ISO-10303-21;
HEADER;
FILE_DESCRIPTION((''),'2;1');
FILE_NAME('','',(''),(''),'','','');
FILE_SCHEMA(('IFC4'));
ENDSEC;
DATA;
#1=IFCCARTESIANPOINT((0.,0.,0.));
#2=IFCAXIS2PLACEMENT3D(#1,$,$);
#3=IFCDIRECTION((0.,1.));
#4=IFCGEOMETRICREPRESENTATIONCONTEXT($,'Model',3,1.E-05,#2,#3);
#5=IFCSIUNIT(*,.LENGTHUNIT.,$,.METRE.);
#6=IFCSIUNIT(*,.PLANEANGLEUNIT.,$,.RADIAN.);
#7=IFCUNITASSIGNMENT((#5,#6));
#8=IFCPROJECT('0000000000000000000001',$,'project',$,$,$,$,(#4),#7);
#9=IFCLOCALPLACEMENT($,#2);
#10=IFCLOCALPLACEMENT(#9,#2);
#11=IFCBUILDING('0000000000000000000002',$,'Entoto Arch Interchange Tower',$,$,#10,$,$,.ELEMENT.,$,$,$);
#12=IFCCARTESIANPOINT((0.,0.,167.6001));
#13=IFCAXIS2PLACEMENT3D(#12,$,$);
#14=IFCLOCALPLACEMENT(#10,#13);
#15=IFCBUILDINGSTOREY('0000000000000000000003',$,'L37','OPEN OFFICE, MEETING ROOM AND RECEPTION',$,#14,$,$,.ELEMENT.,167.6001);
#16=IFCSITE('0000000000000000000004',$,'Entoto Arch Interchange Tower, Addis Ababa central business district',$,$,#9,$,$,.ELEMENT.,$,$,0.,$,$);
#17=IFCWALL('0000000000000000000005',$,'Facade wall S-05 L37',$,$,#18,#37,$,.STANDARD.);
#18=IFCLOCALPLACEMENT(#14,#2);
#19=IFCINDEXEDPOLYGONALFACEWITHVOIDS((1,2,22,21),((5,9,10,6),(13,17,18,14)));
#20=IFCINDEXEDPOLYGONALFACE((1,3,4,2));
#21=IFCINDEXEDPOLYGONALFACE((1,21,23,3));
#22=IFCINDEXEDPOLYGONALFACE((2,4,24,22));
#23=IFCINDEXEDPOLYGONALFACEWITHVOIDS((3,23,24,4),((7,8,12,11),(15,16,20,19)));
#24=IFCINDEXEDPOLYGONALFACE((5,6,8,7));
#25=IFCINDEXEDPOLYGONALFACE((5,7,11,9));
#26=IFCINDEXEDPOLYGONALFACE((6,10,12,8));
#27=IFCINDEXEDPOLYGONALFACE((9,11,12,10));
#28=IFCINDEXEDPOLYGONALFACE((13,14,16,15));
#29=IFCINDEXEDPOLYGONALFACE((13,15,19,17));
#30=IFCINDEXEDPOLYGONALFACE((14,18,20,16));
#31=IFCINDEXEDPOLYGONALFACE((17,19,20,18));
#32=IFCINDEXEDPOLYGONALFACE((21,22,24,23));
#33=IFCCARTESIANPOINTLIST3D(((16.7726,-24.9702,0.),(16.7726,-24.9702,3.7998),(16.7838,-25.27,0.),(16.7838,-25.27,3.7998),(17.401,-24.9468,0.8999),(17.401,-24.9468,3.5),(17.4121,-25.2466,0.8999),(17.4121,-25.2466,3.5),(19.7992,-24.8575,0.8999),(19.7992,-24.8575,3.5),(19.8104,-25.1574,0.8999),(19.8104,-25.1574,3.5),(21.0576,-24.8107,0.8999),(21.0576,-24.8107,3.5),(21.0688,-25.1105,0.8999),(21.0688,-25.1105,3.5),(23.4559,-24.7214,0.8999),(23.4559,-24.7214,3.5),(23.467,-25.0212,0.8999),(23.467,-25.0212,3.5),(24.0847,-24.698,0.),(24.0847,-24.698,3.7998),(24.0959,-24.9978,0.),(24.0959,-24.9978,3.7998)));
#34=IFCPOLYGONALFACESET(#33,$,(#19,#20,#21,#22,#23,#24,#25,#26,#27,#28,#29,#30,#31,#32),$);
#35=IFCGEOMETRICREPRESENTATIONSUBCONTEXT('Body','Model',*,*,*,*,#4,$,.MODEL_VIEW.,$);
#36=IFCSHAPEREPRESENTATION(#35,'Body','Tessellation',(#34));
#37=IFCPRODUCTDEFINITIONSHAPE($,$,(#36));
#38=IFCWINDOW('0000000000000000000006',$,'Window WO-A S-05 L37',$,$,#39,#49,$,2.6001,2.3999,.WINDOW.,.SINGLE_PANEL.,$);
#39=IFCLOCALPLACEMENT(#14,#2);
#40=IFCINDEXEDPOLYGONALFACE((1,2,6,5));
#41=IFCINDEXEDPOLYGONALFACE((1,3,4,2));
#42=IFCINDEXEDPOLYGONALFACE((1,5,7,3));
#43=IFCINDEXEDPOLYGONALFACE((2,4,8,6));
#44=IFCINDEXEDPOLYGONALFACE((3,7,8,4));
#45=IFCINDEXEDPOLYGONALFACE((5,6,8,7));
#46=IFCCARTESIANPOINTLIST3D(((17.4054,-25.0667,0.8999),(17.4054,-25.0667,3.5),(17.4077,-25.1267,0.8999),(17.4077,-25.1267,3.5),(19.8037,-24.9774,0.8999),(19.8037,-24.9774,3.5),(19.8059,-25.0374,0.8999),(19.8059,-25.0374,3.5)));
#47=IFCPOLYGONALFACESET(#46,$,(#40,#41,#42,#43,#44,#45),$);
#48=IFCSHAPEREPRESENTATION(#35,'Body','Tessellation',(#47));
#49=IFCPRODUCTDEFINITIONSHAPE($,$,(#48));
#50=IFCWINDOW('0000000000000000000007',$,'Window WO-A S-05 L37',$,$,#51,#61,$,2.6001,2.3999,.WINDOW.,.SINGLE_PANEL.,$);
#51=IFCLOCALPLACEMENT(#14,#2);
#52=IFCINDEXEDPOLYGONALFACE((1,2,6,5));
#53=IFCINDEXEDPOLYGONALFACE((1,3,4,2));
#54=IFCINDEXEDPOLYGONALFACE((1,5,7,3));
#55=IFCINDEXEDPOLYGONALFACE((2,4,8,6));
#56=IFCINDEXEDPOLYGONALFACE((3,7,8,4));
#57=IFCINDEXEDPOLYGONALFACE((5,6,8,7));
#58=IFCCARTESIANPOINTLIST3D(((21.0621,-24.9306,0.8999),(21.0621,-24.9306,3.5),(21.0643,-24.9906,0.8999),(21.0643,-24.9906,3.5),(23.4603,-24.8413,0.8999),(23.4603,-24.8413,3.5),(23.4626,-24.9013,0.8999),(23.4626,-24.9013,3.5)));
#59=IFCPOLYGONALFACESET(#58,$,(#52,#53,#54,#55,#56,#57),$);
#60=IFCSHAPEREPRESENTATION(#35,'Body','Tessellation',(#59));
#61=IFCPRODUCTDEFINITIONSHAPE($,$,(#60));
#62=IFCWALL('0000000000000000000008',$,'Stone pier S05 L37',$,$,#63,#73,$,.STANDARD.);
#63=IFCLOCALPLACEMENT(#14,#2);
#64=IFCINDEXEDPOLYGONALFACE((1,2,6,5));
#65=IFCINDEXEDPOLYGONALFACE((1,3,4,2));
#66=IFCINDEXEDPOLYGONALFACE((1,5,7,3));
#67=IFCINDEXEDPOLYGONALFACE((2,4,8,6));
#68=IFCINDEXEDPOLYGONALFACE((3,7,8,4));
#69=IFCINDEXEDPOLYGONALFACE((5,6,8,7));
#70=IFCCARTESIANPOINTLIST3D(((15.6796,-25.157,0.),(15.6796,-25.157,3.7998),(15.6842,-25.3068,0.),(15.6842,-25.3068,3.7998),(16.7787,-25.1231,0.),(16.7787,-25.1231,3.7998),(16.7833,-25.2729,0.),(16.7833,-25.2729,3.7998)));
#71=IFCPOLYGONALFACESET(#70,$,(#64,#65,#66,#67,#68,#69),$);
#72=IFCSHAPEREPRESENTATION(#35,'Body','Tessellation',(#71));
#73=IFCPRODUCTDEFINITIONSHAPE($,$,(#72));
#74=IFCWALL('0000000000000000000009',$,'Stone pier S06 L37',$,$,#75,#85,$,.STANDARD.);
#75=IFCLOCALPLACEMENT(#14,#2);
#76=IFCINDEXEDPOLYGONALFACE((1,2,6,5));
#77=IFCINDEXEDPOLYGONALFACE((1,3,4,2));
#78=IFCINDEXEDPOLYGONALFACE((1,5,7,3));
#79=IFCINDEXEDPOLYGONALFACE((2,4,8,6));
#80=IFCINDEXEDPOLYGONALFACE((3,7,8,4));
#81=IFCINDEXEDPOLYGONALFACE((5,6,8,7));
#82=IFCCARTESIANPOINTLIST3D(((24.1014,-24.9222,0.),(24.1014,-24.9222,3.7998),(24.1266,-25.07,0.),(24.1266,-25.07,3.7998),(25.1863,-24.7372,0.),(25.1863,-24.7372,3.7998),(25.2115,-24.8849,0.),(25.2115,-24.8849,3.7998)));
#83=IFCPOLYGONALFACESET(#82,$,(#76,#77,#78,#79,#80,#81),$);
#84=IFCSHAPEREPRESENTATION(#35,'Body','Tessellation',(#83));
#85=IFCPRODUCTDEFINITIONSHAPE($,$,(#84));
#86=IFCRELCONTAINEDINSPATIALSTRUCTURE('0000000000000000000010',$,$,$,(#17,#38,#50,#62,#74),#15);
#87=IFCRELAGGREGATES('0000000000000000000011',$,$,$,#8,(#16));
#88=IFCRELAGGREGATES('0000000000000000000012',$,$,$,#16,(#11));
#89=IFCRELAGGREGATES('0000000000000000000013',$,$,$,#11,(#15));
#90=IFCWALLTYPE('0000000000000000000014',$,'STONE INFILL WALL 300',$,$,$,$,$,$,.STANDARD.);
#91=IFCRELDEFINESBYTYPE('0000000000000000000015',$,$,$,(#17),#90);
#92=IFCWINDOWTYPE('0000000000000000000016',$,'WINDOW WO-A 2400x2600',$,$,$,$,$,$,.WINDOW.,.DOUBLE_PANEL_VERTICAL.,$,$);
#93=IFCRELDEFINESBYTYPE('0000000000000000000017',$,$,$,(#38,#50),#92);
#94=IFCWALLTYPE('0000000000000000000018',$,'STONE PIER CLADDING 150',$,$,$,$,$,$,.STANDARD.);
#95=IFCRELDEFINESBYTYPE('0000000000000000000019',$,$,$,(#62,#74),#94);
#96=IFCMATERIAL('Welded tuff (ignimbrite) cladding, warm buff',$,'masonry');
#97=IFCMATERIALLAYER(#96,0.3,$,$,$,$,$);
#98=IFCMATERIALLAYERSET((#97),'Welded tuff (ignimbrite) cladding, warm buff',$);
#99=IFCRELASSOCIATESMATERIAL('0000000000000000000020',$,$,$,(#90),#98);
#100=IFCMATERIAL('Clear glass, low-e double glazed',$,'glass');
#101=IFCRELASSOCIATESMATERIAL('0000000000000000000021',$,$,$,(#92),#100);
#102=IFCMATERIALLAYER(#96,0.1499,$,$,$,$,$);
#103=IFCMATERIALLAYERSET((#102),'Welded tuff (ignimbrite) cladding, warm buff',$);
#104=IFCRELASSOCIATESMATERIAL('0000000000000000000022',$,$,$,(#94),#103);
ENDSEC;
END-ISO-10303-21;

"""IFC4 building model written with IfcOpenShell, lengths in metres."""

from ifc_helpers import new_model, si_unit, direction, frame, frame_2d, origin, place, context, subcontext, project, spatial, rectangle, extrude, material, layer, layer_set, type_object, element, fill, save


model = new_model("IFC4")

# Units and contexts
model_context = context("Model", 3, precision=1e-05, world=origin(), true_north=direction((0.0, 1.0)))
body_context = subcontext(model_context, "Body", "Model", "MODEL_VIEW")
ifc_project = project(units=[si_unit("LENGTHUNIT", "METRE"), si_unit("PLANEANGLEUNIT", "RADIAN")], contexts=[model_context])

# Site, building, storey
site_placement = place(None, origin())
site = spatial("IfcSite", under=ifc_project, at=site_placement, Name="Entoto Arch Interchange Tower, Addis Ababa central business district", CompositionType="ELEMENT", RefElevation=0.0)
building_placement = place(site_placement, origin())
building = spatial("IfcBuilding", under=site, at=building_placement, Name="Entoto Arch Interchange Tower", CompositionType="ELEMENT")
storey_placement = place(building_placement, frame((0.0, 0.0, 167.6001)))
storey = spatial("IfcBuildingStorey", under=building, at=storey_placement, Name="L37", Description="OPEN OFFICE, MEETING ROOM AND RECEPTION", CompositionType="ELEMENT", Elevation=167.6001)

# Wall, openings, windows
ifc_material_1 = material(Name="Welded tuff (ignimbrite) cladding, warm buff", Category="masonry")
ifc_layer_1 = layer(ifc_material_1, 0.3)
ifc_layer_set_1 = layer_set([ifc_layer_1], Name="Welded tuff (ignimbrite) cladding, warm buff")
wall_type_1 = type_object("IfcWallType", Name="STONE INFILL WALL 300", PredefinedType="STANDARD", material=ifc_layer_set_1)
wall_1_placement = place(storey_placement, frame((16.7781, -25.1201, 0.0), z_axis=(0.0, 0.0, 1.0), x_axis=(0.999308, 0.037203, 0.0)))
wall_1 = element("IfcWall", 1, at=wall_1_placement, inside=storey, type_object=wall_type_1, Name="Facade wall S-05 L37", PredefinedType="STANDARD", context=body_context, shape_type="SweptSolid", body=[
    extrude(rectangle(XDim=7.3171, YDim=0.3, at=frame_2d((3.6587, 0.0))), origin(), (0.0, 0.0, 1.0), 3.7998),
])
opening_1_placement = place(wall_1_placement, frame((0.6289, 0.0, 0.8999)))
opening_1 = element("IfcOpeningElement", 2, at=opening_1_placement, cuts=wall_1, PredefinedType="OPENING", context=body_context, shape_type="SweptSolid", body=[
    extrude(rectangle(XDim=2.3999, YDim=2.6001, at=frame_2d((1.2, 1.3))), frame((0.0, 0.1602, 0.0), z_axis=(0.0, -1.0, 0.0), x_axis=(1.0, 0.0, 0.0)), (0.0, 0.0, 1.0), 0.3201),
])
opening_2_placement = place(wall_1_placement, frame((4.2881, 0.0, 0.8999)))
opening_2 = element("IfcOpeningElement", 3, at=opening_2_placement, cuts=wall_1, PredefinedType="OPENING", context=body_context, shape_type="SweptSolid", body=[
    extrude(rectangle(XDim=2.3999, YDim=2.6001, at=frame_2d((1.2, 1.3))), frame((0.0, 0.1602, 0.0), z_axis=(0.0, -1.0, 0.0), x_axis=(1.0, 0.0, 0.0)), (0.0, 0.0, 1.0), 0.3201),
])
ifc_material_2 = material(Name="Clear glass, low-e double glazed", Category="glass")
window_type = type_object("IfcWindowType", Name="WINDOW WO-A 2400x2600", PartitioningType="DOUBLE_PANEL_VERTICAL", PredefinedType="WINDOW", material=ifc_material_2)
window_1_placement = place(opening_1_placement, origin())
window_1 = element("IfcWindow", 4, at=window_1_placement, inside=storey, type_object=window_type, Name="Window WO-A S-05 L37", OverallHeight=2.6001, OverallWidth=2.3999, PartitioningType="SINGLE_PANEL", PredefinedType="WINDOW", context=body_context, shape_type="SweptSolid", body=[
    extrude(rectangle(XDim=2.3999, YDim=2.6001, at=frame_2d((1.2, 1.3))), frame((0.0, 0.03, 0.0), z_axis=(0.0, -1.0, 0.0), x_axis=(1.0, 0.0, 0.0)), (0.0, 0.0, 1.0), 0.0601),
])
fill(opening_1, window_1)
window_2_placement = place(opening_2_placement, origin())
window_2 = element("IfcWindow", 5, at=window_2_placement, inside=storey, type_object=window_type, Name="Window WO-A S-05 L37", OverallHeight=2.6001, OverallWidth=2.3999, PartitioningType="SINGLE_PANEL", PredefinedType="WINDOW", context=body_context, shape_type="SweptSolid", body=[
    extrude(rectangle(XDim=2.3999, YDim=2.6001, at=frame_2d((1.2, 1.3))), frame((0.0, 0.03, 0.0), z_axis=(0.0, -1.0, 0.0), x_axis=(1.0, 0.0, 0.0)), (0.0, 0.0, 1.0), 0.0601),
])
fill(opening_2, window_2)

# Walls
ifc_layer_2 = layer(ifc_material_1, 0.1499)
ifc_layer_set_2 = layer_set([ifc_layer_2], Name="Welded tuff (ignimbrite) cladding, warm buff")
wall_type_2 = type_object("IfcWallType", Name="STONE PIER CLADDING 150", PredefinedType="STANDARD", material=ifc_layer_set_2)
wall_2_placement = place(storey_placement, frame((15.6819, -25.2319, 0.0), z_axis=(0.0, 0.0, 1.0), x_axis=(0.999524, 0.03086, 0.0)))
element("IfcWall", 6, at=wall_2_placement, inside=storey, type_object=wall_type_2, Name="Stone pier S05 L37", PredefinedType="STANDARD", context=body_context, shape_type="SweptSolid", body=[
    extrude(rectangle(XDim=1.0996, YDim=0.1499, at=frame_2d((0.5498, 0.0))), origin(), (0.0, 0.0, 1.0), 3.7998),
])
wall_3_placement = place(storey_placement, frame((24.114, -24.9961, 0.0), z_axis=(0.0, 0.0, 1.0), x_axis=(0.985763, 0.168139, 0.0)))
element("IfcWall", 7, at=wall_3_placement, inside=storey, type_object=wall_type_2, Name="Stone pier S06 L37", PredefinedType="STANDARD", context=body_context, shape_type="SweptSolid", body=[
    extrude(rectangle(XDim=1.1006, YDim=0.1499, at=frame_2d((0.5503, 0.0))), origin(), (0.0, 0.0, 1.0), 3.7998),
])

save(model, "model.ifc")
